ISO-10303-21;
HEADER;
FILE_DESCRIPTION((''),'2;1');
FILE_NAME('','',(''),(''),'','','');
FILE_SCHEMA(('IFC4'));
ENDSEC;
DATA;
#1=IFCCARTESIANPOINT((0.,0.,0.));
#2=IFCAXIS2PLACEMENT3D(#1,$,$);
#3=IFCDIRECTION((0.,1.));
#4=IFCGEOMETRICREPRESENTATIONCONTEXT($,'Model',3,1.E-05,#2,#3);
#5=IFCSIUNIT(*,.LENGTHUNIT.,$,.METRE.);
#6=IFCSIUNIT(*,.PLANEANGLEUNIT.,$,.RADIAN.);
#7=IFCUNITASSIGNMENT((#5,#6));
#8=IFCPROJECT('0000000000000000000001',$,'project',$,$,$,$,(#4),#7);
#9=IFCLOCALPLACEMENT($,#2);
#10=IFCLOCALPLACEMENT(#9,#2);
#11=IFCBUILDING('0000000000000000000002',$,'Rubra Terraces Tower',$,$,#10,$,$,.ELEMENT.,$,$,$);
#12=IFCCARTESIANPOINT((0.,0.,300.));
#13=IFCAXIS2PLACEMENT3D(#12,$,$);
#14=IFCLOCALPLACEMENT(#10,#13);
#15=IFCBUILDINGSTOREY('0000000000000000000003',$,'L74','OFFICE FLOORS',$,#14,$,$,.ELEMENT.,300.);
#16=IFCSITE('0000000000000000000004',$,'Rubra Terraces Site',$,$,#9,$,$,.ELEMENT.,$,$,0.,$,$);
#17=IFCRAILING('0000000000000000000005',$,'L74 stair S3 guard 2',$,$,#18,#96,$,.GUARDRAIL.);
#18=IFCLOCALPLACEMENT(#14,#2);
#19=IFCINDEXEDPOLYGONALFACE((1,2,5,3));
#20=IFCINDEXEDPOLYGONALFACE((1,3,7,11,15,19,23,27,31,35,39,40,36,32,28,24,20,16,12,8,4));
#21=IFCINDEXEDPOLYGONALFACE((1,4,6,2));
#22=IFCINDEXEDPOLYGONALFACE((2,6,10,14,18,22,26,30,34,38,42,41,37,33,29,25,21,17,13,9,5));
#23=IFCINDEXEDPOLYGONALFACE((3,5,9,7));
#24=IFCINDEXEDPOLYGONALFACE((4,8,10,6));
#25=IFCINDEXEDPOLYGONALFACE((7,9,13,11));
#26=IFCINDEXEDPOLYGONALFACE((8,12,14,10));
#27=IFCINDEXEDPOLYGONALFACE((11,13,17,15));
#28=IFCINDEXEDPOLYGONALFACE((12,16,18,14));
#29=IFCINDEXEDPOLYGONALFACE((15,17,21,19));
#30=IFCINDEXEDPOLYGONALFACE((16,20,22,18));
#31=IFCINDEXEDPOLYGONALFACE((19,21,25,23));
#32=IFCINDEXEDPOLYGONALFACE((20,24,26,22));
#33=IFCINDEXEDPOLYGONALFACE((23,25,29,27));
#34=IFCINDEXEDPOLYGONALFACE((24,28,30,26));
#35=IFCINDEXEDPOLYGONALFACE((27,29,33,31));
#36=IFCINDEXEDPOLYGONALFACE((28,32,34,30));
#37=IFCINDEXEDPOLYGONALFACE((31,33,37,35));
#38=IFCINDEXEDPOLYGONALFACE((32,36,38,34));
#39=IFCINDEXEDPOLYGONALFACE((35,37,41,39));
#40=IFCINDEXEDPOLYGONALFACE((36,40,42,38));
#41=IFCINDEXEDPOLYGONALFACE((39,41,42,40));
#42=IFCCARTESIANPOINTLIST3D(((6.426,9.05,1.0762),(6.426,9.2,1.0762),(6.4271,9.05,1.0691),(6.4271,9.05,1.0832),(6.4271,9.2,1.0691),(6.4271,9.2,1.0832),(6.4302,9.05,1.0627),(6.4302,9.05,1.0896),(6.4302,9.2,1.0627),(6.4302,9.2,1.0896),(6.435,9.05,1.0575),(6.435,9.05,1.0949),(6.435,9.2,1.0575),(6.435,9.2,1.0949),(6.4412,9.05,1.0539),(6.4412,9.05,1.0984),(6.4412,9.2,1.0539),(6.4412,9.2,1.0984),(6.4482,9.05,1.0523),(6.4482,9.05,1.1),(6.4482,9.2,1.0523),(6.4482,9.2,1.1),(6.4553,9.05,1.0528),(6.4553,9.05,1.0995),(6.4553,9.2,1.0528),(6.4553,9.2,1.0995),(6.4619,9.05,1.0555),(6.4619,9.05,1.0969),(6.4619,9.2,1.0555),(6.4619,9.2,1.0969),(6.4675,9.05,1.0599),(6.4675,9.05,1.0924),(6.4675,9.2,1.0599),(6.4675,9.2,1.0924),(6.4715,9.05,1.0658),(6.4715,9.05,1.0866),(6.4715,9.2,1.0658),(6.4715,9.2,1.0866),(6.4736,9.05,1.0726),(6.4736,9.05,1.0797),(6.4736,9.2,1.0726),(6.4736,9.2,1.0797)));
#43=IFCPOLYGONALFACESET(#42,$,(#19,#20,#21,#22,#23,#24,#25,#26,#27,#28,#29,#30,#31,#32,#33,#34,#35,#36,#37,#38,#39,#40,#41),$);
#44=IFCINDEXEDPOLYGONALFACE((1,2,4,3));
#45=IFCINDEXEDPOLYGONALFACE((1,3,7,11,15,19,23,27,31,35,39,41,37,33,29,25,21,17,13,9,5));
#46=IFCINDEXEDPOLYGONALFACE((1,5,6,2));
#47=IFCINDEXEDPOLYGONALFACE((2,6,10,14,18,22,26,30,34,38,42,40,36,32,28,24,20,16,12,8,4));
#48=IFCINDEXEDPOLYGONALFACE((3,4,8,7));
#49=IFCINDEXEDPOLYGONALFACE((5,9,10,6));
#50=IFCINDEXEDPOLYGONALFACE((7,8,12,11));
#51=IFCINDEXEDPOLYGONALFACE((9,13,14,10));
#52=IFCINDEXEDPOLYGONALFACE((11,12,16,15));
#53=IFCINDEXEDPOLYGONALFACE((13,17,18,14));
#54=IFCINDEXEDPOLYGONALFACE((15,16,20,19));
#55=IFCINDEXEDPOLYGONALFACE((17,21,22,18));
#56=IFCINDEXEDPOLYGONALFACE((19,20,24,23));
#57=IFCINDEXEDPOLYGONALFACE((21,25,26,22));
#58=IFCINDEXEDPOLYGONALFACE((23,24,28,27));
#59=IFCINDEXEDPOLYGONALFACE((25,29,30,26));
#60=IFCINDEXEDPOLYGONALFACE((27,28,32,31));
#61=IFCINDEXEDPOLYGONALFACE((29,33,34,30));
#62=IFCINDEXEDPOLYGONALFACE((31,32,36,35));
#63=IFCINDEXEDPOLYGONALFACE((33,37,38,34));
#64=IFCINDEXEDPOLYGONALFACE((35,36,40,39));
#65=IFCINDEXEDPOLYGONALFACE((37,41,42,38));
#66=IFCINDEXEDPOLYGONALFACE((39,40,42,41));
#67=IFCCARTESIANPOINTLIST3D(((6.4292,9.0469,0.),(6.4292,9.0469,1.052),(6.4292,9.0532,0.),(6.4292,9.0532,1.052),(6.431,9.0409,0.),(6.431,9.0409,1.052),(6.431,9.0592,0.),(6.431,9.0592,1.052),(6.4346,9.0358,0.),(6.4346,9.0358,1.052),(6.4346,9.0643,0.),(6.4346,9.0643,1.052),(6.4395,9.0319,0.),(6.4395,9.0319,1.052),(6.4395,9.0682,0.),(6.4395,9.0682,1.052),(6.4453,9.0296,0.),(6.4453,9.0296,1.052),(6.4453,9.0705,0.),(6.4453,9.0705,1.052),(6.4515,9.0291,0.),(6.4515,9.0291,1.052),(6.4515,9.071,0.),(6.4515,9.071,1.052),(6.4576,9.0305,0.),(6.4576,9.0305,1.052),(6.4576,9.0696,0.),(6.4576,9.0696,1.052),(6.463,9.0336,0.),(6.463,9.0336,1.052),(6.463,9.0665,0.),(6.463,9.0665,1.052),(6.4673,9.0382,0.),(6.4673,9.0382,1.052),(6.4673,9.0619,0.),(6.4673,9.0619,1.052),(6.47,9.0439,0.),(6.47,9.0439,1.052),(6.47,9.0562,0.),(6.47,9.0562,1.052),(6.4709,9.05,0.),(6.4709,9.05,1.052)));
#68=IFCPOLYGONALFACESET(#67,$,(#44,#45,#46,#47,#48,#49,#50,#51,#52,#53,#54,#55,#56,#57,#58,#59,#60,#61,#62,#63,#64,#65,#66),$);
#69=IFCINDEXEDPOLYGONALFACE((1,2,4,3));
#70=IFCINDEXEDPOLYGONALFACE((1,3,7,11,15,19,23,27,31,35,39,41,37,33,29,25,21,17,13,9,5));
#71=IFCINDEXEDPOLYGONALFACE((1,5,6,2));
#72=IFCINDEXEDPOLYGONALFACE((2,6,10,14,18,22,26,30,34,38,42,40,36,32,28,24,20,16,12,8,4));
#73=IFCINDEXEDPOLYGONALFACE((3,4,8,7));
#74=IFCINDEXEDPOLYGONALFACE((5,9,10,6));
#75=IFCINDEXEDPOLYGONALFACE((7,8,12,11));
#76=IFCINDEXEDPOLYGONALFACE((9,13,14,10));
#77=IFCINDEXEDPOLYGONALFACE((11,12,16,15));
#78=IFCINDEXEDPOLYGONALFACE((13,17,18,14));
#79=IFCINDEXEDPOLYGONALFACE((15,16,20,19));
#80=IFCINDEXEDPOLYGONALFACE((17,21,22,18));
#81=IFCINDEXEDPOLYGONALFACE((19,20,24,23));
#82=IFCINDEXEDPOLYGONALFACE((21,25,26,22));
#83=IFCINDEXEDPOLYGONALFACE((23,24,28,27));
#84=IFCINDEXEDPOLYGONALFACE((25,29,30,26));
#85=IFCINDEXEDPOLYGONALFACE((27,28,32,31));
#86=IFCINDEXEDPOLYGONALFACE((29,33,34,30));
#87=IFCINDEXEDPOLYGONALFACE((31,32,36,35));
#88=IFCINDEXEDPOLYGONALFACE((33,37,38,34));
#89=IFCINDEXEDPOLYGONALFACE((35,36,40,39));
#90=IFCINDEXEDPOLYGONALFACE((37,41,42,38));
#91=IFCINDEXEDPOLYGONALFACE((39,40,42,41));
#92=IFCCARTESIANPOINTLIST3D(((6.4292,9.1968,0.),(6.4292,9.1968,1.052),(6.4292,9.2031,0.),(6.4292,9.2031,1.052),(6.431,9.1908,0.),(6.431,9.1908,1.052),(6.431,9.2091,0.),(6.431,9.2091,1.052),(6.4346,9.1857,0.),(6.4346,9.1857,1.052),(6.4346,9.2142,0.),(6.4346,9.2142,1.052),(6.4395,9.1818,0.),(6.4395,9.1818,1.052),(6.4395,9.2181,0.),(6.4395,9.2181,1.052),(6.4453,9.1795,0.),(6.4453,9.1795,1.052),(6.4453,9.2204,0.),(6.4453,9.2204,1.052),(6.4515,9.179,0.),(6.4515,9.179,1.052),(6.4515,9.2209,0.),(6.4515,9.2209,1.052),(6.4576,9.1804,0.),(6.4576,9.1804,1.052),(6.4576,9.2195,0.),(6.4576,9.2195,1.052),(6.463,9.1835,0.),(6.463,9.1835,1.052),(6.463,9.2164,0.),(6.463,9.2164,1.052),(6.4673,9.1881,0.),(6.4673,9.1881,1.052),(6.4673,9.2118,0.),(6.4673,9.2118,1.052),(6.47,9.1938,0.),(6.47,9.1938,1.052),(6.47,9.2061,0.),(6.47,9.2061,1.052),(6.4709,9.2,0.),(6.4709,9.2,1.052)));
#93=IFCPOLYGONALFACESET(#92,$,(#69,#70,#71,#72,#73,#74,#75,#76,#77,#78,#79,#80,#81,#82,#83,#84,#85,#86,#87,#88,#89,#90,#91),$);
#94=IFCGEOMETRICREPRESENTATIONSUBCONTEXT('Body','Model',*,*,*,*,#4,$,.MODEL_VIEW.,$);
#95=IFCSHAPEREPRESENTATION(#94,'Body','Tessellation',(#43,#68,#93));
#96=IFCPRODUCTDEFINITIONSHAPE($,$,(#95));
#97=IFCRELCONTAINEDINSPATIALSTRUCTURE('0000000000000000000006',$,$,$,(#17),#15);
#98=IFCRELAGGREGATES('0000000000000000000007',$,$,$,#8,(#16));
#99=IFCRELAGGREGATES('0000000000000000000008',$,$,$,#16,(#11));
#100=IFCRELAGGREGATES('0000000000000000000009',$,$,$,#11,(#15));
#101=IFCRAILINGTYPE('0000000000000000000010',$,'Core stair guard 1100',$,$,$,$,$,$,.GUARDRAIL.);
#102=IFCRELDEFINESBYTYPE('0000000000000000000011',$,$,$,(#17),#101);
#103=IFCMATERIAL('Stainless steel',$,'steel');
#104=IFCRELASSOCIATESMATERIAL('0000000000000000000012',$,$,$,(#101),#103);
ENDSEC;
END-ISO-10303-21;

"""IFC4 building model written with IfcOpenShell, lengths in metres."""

from ifc_helpers import new_model, si_unit, direction, frame, origin, origin_2d, place, context, subcontext, project, spatial, circle, extrude, material, type_object, element, save


model = new_model("IFC4")

# Units and contexts
model_context = context("Model", 3, precision=1e-05, world=origin(), true_north=direction((0.0, 1.0)))
body_context = subcontext(model_context, "Body", "Model", "MODEL_VIEW")
ifc_project = project(units=[si_unit("LENGTHUNIT", "METRE"), si_unit("PLANEANGLEUNIT", "RADIAN")], contexts=[model_context])

# Site, building, storey
site_placement = place(None, origin())
site = spatial("IfcSite", under=ifc_project, at=site_placement, Name="Rubra Terraces Site", CompositionType="ELEMENT", RefElevation=0.0)
building_placement = place(site_placement, origin())
building = spatial("IfcBuilding", under=site, at=building_placement, Name="Rubra Terraces Tower", CompositionType="ELEMENT")
storey_placement = place(building_placement, frame((0.0, 0.0, 300.0)))
storey = spatial("IfcBuildingStorey", under=building, at=storey_placement, Name="L74", Description="OFFICE FLOORS", CompositionType="ELEMENT", Elevation=300.0)

# Railing
ifc_material_1 = material(Name="Stainless steel", Category="steel")
railing_type_1 = type_object("IfcRailingType", Name="Core stair guard 1100", PredefinedType="GUARDRAIL", material=ifc_material_1)
railing_1_placement = place(storey_placement, frame((6.45, 9.05, 0.0)))
element("IfcRailing", 1, at=railing_1_placement, inside=storey, type_object=railing_type_1, Name="L74 stair S3 guard 2", PredefinedType="GUARDRAIL", context=body_context, shape_type="SweptSolid", body=[
    extrude(circle(Radius=0.0239, at=origin_2d()), frame((0.0, 0.0, 1.0762), z_axis=(0.0, 1.0, 0.0), x_axis=(-1.0, 0.0, 0.0)), (0.0, 0.0, 1.0), 0.1499),
    extrude(circle(Radius=0.021, at=origin_2d()), origin(), (0.0, 0.0, 1.0), 1.052),
    extrude(circle(Radius=0.021, at=origin_2d()), frame((0.0, 0.1499, 0.0)), (0.0, 0.0, 1.0), 1.052),
])

save(model, "model.ifc")
